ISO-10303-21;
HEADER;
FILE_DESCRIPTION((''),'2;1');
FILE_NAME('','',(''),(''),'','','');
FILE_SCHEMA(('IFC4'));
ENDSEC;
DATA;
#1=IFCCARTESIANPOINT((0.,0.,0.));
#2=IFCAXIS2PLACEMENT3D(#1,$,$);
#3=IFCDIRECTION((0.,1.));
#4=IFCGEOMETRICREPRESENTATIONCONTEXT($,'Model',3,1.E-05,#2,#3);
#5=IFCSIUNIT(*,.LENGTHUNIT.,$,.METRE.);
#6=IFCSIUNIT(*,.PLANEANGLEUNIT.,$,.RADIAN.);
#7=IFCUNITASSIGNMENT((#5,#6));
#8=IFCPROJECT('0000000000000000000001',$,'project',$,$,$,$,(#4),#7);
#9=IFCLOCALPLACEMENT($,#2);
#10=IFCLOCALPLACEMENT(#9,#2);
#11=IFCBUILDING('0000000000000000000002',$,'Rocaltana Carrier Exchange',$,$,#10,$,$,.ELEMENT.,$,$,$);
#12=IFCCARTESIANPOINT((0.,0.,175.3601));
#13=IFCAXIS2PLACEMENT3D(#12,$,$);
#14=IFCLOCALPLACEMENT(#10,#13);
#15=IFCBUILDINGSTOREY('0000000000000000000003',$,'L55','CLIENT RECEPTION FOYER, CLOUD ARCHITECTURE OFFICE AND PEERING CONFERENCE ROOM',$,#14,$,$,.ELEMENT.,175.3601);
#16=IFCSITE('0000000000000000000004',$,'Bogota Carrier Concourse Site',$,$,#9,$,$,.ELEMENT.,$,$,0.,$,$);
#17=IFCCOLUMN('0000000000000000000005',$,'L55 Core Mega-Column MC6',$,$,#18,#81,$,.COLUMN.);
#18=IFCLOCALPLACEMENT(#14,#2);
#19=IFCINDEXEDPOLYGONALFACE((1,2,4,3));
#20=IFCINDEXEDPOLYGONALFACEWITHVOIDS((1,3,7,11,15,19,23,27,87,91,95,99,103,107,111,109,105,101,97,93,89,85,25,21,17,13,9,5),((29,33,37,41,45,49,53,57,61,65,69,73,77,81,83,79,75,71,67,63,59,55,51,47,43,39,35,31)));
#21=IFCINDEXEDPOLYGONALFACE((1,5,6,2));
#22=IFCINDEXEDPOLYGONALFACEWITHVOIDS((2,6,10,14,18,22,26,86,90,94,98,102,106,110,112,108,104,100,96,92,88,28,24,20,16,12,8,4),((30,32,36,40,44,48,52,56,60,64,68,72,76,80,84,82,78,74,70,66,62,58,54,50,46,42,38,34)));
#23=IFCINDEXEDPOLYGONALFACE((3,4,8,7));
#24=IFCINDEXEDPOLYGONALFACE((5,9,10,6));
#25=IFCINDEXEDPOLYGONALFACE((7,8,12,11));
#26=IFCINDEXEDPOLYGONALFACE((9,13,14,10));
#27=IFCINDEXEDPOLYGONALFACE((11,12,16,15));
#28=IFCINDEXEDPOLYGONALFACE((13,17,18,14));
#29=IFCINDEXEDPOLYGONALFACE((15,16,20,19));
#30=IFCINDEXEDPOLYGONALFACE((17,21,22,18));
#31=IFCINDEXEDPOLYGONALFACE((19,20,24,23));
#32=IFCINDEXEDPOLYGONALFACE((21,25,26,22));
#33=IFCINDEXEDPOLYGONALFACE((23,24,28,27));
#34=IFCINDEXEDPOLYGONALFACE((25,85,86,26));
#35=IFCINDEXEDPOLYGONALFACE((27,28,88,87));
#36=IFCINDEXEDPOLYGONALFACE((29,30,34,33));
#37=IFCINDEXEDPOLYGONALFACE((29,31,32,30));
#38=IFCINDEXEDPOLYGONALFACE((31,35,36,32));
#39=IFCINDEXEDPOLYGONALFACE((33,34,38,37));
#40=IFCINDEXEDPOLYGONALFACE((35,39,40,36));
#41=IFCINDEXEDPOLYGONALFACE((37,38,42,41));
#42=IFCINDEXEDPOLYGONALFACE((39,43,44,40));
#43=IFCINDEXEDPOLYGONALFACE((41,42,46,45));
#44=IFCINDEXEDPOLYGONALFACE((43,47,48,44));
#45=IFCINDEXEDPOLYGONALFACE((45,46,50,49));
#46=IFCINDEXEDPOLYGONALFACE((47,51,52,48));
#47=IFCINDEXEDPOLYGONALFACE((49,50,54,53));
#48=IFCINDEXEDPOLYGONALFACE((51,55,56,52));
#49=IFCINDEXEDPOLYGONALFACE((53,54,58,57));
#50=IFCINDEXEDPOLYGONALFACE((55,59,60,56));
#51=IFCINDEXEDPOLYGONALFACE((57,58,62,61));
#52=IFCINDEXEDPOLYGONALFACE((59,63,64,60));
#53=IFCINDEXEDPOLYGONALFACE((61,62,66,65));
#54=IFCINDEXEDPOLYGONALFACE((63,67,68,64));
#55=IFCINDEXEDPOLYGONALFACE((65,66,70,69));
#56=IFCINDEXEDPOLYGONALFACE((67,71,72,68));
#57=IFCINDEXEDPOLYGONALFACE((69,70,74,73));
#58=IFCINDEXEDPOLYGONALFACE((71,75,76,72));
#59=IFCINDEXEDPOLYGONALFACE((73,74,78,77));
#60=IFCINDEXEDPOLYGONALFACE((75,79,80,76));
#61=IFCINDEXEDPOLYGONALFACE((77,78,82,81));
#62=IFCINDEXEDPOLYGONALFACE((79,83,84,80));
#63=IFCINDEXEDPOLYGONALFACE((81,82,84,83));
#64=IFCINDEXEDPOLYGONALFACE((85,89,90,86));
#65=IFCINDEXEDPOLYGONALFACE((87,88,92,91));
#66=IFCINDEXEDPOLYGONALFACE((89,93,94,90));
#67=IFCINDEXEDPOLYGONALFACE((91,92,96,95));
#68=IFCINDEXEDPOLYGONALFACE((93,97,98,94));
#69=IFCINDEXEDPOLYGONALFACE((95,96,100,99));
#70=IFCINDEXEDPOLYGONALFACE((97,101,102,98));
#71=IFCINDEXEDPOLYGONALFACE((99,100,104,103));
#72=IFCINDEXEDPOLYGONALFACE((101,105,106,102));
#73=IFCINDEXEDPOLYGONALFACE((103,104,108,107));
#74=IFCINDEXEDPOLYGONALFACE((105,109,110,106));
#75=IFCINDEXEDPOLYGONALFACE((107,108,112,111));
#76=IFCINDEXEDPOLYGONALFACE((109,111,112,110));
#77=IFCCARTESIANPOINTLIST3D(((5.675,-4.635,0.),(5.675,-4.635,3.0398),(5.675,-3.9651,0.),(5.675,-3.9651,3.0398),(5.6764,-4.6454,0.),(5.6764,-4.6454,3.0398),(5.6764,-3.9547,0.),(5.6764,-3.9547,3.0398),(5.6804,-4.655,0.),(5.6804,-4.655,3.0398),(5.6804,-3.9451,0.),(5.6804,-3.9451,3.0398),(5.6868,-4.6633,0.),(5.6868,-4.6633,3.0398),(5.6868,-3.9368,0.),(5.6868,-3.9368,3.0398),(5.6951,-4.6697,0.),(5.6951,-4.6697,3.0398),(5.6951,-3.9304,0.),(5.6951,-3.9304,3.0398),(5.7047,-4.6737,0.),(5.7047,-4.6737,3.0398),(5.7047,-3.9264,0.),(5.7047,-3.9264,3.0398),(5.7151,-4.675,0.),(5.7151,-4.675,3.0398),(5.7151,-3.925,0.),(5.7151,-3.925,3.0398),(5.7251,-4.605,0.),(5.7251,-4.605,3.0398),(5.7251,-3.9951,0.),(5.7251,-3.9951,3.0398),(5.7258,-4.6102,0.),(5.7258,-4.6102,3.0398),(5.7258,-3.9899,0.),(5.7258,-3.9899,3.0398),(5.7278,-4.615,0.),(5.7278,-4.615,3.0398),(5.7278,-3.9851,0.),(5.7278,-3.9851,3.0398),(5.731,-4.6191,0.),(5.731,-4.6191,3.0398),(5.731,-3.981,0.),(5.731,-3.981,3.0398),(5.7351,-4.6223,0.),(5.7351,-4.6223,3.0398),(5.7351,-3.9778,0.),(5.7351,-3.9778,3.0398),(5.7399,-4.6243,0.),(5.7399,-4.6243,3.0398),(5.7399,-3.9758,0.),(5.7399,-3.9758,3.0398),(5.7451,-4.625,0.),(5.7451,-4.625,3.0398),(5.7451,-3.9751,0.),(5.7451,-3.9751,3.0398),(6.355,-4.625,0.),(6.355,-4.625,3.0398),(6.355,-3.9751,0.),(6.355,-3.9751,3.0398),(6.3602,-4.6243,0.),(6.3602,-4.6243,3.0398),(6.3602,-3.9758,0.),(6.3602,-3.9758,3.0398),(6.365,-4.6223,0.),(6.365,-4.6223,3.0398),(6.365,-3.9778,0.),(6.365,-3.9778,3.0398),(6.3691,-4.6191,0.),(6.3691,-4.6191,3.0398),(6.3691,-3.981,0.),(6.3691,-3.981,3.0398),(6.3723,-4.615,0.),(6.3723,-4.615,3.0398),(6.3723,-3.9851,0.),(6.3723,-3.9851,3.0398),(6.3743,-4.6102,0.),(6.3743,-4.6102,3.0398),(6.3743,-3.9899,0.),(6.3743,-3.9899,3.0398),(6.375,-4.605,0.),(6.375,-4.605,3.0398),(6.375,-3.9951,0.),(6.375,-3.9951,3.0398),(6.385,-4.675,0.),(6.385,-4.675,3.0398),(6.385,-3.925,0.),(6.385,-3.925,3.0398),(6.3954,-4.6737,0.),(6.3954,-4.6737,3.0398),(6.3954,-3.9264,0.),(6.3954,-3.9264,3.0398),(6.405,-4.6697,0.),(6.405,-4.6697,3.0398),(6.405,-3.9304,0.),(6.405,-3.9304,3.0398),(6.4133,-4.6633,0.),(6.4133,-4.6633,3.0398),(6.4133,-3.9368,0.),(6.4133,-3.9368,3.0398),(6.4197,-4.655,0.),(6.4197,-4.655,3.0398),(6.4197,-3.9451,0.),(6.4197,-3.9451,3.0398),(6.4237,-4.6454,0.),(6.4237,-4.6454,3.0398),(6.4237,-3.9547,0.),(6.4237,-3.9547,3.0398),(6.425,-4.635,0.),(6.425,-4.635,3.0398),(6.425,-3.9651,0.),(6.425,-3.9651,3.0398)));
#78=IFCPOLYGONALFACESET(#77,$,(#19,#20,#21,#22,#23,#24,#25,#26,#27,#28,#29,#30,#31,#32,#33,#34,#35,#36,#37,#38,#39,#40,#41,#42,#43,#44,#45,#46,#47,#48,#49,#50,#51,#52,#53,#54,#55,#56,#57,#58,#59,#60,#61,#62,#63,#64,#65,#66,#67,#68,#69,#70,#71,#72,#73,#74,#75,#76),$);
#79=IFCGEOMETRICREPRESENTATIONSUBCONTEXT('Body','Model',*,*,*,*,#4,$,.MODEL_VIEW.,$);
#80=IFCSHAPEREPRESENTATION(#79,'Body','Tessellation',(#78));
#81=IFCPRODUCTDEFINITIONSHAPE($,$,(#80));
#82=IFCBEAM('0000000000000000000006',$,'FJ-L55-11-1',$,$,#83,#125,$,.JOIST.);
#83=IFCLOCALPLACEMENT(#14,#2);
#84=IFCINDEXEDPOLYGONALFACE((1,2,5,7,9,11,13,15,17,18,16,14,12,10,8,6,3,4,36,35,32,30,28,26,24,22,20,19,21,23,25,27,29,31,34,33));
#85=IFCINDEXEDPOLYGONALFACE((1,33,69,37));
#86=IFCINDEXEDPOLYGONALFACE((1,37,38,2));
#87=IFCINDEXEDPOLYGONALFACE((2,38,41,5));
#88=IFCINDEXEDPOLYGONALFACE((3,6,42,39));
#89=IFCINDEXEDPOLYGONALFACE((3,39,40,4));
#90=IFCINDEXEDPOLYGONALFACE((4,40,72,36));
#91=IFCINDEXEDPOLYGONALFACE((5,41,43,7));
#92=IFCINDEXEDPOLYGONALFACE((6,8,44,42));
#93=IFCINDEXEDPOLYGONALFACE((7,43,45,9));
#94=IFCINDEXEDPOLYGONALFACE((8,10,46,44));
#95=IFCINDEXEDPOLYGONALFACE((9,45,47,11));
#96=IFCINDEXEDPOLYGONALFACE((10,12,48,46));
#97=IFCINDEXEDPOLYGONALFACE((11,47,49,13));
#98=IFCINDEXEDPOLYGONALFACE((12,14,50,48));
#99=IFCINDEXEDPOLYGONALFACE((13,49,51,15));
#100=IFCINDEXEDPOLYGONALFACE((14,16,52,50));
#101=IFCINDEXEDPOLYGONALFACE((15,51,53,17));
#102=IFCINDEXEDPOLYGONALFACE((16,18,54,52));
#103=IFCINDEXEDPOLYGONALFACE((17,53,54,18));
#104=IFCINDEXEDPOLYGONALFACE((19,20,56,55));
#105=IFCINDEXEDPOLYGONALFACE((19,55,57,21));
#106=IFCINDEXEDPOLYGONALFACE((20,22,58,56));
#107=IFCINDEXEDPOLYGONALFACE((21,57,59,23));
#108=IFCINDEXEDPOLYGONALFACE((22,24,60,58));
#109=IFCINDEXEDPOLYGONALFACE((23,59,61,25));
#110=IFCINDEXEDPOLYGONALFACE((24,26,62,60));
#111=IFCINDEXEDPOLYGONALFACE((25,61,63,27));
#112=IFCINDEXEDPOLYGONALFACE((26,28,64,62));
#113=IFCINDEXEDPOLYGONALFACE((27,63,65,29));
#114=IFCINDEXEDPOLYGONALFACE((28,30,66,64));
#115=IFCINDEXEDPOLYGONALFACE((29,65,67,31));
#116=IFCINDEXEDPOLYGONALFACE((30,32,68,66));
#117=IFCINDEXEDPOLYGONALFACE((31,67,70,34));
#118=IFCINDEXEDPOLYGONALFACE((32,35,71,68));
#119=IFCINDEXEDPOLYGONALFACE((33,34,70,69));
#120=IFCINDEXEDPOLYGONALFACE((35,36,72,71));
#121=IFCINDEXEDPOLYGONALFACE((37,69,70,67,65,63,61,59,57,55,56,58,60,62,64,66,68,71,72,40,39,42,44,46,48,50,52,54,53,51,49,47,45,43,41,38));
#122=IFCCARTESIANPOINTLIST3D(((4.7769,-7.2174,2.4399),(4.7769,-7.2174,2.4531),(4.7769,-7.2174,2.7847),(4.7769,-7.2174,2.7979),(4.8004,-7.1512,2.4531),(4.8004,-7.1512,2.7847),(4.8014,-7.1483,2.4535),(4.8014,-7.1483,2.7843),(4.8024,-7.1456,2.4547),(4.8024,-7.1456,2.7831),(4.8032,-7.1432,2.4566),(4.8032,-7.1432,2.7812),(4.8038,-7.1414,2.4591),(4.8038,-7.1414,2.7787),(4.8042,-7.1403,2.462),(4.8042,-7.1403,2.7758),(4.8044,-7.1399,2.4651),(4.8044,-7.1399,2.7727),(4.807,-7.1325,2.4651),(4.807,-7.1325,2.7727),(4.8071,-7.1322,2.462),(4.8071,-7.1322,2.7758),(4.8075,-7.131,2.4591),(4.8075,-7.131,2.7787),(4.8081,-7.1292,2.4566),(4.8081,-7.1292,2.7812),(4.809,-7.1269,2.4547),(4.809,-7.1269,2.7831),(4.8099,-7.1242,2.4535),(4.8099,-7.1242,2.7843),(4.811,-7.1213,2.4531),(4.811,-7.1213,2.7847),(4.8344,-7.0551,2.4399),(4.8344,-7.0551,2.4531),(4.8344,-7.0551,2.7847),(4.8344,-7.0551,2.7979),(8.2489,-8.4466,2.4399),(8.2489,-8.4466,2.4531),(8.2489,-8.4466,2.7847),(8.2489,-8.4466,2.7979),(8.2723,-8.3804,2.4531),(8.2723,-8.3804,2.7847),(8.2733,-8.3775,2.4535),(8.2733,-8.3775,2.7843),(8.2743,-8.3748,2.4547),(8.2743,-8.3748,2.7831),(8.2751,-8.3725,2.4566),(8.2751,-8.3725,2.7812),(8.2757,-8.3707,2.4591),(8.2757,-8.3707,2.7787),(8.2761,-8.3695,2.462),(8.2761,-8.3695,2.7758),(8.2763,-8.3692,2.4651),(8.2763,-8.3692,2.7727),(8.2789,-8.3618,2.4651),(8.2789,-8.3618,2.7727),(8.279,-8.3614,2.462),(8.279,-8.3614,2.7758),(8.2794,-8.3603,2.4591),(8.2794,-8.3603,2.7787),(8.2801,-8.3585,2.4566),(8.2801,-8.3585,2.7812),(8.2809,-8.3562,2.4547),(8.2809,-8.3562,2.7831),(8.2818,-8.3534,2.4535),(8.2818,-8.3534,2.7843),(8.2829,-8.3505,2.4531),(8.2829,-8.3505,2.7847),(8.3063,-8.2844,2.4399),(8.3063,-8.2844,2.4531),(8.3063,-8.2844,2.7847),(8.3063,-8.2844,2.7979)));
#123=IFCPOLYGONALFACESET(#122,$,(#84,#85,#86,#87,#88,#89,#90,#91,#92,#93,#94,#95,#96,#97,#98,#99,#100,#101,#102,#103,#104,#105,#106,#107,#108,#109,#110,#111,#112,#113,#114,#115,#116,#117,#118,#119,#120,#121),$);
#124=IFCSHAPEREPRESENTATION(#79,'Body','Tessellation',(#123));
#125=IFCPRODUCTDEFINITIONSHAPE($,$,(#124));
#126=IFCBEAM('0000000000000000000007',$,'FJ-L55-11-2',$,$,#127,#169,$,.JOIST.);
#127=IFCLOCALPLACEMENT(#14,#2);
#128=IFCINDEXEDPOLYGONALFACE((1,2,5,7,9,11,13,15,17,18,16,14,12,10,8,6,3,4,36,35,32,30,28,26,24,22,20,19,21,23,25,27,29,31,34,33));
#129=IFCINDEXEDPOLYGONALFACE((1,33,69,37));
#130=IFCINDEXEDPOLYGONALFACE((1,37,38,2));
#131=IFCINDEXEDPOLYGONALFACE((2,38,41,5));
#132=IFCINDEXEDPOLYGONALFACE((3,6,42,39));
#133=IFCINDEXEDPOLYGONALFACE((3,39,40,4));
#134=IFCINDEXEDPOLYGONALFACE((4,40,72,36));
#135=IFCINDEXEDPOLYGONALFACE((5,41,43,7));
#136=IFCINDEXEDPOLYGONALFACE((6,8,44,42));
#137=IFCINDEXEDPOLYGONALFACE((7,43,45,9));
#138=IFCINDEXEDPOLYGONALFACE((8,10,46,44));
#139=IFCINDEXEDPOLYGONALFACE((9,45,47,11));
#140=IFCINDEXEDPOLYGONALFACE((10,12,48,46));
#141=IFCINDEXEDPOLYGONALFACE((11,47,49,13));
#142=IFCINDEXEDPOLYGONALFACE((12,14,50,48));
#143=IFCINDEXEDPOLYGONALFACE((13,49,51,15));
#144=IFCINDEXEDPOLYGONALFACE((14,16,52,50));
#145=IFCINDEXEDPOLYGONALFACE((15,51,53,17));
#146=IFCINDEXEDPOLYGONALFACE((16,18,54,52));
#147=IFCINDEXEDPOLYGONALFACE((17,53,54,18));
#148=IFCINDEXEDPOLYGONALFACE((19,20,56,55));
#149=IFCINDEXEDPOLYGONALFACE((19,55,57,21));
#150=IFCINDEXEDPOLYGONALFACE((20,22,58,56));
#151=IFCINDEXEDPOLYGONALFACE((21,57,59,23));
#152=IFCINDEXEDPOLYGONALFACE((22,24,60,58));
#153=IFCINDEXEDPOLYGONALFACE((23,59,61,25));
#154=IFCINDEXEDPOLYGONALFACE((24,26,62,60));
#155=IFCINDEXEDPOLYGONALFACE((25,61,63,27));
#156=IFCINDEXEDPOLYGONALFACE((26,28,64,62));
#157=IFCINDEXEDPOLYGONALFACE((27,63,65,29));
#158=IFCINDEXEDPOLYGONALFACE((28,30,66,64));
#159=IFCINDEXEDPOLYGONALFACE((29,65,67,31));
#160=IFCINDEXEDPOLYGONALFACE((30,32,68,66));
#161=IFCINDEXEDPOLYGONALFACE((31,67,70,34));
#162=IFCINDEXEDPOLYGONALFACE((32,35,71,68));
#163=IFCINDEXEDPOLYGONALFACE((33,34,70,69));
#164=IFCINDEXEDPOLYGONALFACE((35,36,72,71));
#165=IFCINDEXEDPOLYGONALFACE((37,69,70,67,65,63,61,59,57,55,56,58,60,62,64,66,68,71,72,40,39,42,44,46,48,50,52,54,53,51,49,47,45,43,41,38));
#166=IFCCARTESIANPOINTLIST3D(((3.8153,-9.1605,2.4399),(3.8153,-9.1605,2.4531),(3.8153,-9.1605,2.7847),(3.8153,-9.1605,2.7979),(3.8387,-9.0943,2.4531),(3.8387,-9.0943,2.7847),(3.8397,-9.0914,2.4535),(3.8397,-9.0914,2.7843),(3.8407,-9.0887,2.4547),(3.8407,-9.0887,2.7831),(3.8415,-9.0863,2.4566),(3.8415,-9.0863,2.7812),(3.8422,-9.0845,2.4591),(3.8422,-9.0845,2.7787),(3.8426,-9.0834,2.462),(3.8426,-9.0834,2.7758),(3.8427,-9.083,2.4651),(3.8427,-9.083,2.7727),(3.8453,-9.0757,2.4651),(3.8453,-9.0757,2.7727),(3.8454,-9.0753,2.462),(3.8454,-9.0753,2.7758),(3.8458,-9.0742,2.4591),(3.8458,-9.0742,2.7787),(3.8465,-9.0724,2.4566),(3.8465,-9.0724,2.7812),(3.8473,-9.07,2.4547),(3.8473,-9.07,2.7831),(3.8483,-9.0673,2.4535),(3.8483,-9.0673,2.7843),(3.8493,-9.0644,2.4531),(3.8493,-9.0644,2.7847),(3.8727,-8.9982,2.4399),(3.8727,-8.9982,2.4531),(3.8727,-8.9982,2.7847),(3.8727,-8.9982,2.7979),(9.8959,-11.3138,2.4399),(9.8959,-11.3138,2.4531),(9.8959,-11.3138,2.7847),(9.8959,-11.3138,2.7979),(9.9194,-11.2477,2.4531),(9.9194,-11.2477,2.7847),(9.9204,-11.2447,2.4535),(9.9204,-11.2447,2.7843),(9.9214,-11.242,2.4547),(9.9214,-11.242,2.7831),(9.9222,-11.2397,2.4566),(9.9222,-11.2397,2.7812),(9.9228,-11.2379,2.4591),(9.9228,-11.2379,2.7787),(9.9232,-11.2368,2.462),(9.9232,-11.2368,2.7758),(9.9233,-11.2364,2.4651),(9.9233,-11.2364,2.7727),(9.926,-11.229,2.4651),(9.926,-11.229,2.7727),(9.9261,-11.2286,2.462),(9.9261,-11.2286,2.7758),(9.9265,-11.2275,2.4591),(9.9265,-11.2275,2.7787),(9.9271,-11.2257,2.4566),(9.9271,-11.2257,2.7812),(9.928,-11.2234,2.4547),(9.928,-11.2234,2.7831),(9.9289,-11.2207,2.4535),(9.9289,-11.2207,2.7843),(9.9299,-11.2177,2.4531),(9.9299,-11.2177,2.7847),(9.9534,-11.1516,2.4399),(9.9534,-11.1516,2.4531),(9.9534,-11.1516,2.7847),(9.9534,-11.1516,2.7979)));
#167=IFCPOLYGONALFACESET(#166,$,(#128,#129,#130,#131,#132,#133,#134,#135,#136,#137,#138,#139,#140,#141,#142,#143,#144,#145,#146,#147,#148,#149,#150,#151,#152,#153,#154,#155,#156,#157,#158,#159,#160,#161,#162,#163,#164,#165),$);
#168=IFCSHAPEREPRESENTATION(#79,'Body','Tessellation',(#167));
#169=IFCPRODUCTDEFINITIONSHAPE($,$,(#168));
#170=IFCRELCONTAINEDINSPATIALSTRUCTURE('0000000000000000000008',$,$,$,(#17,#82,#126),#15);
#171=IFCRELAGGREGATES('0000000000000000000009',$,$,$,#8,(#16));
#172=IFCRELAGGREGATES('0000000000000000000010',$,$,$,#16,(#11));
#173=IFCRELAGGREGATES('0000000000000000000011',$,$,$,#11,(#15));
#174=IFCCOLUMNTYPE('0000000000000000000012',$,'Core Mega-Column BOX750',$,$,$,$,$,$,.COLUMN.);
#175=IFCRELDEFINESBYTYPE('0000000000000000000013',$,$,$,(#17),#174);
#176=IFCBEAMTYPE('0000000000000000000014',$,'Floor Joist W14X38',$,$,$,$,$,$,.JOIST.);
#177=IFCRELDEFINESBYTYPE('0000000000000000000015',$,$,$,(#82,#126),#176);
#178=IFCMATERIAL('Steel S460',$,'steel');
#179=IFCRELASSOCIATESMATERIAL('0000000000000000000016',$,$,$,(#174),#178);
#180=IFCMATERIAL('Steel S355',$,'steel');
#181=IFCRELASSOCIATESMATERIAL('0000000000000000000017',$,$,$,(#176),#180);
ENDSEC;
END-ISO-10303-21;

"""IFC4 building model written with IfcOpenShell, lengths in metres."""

from ifc_helpers import new_model, si_unit, direction, frame, origin, origin_2d, place, context, subcontext, project, spatial, hollow_rectangle, i_section, extrude, material, material_profile, profile_set, type_object, element, save


model = new_model("IFC4")

# Units and contexts
model_context = context("Model", 3, precision=1e-05, world=origin(), true_north=direction((0.0, 1.0)))
body_context = subcontext(model_context, "Body", "Model", "MODEL_VIEW")
ifc_project = project(units=[si_unit("LENGTHUNIT", "METRE"), si_unit("PLANEANGLEUNIT", "RADIAN")], contexts=[model_context])

# Site, building, storey
site_placement = place(None, origin())
site = spatial("IfcSite", under=ifc_project, at=site_placement, Name="Bogota Carrier Concourse Site", CompositionType="ELEMENT", RefElevation=0.0)
building_placement = place(site_placement, origin())
building = spatial("IfcBuilding", under=site, at=building_placement, Name="Rocaltana Carrier Exchange", CompositionType="ELEMENT")
storey_placement = place(building_placement, frame((0.0, 0.0, 175.3601)))
storey = spatial("IfcBuildingStorey", under=building, at=storey_placement, Name="L55", Description="CLIENT RECEPTION FOYER, CLOUD ARCHITECTURE OFFICE AND PEERING CONFERENCE ROOM", CompositionType="ELEMENT", Elevation=175.3601)

# Column
ifc_material_1 = material(Name="Steel S460", Category="steel")
ifc_material_profile_1 = material_profile(ifc_material_1, hollow_rectangle(XDim=0.75, YDim=0.75, WallThickness=0.05, InnerFilletRadius=0.02, OuterFilletRadius=0.04, at=origin_2d()), Name="BOX750X750X50")
ifc_profile_set_1 = profile_set([ifc_material_profile_1], Name="Steel S460")
column_type = type_object("IfcColumnType", Name="Core Mega-Column BOX750", PredefinedType="COLUMN", material=ifc_profile_set_1)
column_placement = place(storey_placement, frame((6.05, -4.3, 0.0), z_axis=(0.0, 0.0, 1.0), x_axis=(1.0, 0.0, 0.0)))
element("IfcColumn", 1, at=column_placement, inside=storey, type_object=column_type, Name="L55 Core Mega-Column MC6", PredefinedType="COLUMN", context=body_context, shape_type="SweptSolid", body=[
    extrude(hollow_rectangle(XDim=0.75, YDim=0.75, WallThickness=0.05, InnerFilletRadius=0.02, OuterFilletRadius=0.04, at=origin_2d()), origin(), (0.0, 0.0, 1.0), 3.0398),
])

# Beams
ifc_material_2 = material(Name="Steel S355", Category="steel")
ifc_material_profile_2 = material_profile(ifc_material_2, i_section(OverallWidth=0.1721, OverallDepth=0.3579, WebThickness=0.0078, FlangeThickness=0.0132, FilletRadius=0.012, at=origin_2d()), Name="W14X38")
ifc_profile_set_2 = profile_set([ifc_material_profile_2], Name="Steel S355")
beam_type_1 = type_object("IfcBeamType", Name="Floor Joist W14X38", PredefinedType="JOIST", material=ifc_profile_set_2)
beam_1_placement = place(storey_placement, frame((4.8057, -7.1362, 2.6189), z_axis=(0.942661, -0.333753, 0.0), x_axis=(0.333753, 0.942661, 0.0)))
element("IfcBeam", 2, at=beam_1_placement, inside=storey, type_object=beam_type_1, Name="FJ-L55-11-1", PredefinedType="JOIST", context=body_context, shape_type="SweptSolid", body=[
    extrude(i_section(OverallWidth=0.1721, OverallDepth=0.3579, WebThickness=0.0078, FlangeThickness=0.0132, FilletRadius=0.012, at=origin_2d()), origin(), (0.0, 0.0, 1.0), 3.6831),
])
beam_2_placement = place(storey_placement, frame((3.844, -9.0793, 2.6189), z_axis=(0.942638, -0.333818, 0.0), x_axis=(0.333818, 0.942638, 0.0)))
element("IfcBeam", 3, at=beam_2_placement, inside=storey, type_object=beam_type_1, Name="FJ-L55-11-2", PredefinedType="JOIST", context=body_context, shape_type="SweptSolid", body=[
    extrude(i_section(OverallWidth=0.1721, OverallDepth=0.3579, WebThickness=0.0078, FlangeThickness=0.0132, FilletRadius=0.012, at=origin_2d()), origin(), (0.0, 0.0, 1.0), 6.4507),
])

save(model, "model.ifc")
